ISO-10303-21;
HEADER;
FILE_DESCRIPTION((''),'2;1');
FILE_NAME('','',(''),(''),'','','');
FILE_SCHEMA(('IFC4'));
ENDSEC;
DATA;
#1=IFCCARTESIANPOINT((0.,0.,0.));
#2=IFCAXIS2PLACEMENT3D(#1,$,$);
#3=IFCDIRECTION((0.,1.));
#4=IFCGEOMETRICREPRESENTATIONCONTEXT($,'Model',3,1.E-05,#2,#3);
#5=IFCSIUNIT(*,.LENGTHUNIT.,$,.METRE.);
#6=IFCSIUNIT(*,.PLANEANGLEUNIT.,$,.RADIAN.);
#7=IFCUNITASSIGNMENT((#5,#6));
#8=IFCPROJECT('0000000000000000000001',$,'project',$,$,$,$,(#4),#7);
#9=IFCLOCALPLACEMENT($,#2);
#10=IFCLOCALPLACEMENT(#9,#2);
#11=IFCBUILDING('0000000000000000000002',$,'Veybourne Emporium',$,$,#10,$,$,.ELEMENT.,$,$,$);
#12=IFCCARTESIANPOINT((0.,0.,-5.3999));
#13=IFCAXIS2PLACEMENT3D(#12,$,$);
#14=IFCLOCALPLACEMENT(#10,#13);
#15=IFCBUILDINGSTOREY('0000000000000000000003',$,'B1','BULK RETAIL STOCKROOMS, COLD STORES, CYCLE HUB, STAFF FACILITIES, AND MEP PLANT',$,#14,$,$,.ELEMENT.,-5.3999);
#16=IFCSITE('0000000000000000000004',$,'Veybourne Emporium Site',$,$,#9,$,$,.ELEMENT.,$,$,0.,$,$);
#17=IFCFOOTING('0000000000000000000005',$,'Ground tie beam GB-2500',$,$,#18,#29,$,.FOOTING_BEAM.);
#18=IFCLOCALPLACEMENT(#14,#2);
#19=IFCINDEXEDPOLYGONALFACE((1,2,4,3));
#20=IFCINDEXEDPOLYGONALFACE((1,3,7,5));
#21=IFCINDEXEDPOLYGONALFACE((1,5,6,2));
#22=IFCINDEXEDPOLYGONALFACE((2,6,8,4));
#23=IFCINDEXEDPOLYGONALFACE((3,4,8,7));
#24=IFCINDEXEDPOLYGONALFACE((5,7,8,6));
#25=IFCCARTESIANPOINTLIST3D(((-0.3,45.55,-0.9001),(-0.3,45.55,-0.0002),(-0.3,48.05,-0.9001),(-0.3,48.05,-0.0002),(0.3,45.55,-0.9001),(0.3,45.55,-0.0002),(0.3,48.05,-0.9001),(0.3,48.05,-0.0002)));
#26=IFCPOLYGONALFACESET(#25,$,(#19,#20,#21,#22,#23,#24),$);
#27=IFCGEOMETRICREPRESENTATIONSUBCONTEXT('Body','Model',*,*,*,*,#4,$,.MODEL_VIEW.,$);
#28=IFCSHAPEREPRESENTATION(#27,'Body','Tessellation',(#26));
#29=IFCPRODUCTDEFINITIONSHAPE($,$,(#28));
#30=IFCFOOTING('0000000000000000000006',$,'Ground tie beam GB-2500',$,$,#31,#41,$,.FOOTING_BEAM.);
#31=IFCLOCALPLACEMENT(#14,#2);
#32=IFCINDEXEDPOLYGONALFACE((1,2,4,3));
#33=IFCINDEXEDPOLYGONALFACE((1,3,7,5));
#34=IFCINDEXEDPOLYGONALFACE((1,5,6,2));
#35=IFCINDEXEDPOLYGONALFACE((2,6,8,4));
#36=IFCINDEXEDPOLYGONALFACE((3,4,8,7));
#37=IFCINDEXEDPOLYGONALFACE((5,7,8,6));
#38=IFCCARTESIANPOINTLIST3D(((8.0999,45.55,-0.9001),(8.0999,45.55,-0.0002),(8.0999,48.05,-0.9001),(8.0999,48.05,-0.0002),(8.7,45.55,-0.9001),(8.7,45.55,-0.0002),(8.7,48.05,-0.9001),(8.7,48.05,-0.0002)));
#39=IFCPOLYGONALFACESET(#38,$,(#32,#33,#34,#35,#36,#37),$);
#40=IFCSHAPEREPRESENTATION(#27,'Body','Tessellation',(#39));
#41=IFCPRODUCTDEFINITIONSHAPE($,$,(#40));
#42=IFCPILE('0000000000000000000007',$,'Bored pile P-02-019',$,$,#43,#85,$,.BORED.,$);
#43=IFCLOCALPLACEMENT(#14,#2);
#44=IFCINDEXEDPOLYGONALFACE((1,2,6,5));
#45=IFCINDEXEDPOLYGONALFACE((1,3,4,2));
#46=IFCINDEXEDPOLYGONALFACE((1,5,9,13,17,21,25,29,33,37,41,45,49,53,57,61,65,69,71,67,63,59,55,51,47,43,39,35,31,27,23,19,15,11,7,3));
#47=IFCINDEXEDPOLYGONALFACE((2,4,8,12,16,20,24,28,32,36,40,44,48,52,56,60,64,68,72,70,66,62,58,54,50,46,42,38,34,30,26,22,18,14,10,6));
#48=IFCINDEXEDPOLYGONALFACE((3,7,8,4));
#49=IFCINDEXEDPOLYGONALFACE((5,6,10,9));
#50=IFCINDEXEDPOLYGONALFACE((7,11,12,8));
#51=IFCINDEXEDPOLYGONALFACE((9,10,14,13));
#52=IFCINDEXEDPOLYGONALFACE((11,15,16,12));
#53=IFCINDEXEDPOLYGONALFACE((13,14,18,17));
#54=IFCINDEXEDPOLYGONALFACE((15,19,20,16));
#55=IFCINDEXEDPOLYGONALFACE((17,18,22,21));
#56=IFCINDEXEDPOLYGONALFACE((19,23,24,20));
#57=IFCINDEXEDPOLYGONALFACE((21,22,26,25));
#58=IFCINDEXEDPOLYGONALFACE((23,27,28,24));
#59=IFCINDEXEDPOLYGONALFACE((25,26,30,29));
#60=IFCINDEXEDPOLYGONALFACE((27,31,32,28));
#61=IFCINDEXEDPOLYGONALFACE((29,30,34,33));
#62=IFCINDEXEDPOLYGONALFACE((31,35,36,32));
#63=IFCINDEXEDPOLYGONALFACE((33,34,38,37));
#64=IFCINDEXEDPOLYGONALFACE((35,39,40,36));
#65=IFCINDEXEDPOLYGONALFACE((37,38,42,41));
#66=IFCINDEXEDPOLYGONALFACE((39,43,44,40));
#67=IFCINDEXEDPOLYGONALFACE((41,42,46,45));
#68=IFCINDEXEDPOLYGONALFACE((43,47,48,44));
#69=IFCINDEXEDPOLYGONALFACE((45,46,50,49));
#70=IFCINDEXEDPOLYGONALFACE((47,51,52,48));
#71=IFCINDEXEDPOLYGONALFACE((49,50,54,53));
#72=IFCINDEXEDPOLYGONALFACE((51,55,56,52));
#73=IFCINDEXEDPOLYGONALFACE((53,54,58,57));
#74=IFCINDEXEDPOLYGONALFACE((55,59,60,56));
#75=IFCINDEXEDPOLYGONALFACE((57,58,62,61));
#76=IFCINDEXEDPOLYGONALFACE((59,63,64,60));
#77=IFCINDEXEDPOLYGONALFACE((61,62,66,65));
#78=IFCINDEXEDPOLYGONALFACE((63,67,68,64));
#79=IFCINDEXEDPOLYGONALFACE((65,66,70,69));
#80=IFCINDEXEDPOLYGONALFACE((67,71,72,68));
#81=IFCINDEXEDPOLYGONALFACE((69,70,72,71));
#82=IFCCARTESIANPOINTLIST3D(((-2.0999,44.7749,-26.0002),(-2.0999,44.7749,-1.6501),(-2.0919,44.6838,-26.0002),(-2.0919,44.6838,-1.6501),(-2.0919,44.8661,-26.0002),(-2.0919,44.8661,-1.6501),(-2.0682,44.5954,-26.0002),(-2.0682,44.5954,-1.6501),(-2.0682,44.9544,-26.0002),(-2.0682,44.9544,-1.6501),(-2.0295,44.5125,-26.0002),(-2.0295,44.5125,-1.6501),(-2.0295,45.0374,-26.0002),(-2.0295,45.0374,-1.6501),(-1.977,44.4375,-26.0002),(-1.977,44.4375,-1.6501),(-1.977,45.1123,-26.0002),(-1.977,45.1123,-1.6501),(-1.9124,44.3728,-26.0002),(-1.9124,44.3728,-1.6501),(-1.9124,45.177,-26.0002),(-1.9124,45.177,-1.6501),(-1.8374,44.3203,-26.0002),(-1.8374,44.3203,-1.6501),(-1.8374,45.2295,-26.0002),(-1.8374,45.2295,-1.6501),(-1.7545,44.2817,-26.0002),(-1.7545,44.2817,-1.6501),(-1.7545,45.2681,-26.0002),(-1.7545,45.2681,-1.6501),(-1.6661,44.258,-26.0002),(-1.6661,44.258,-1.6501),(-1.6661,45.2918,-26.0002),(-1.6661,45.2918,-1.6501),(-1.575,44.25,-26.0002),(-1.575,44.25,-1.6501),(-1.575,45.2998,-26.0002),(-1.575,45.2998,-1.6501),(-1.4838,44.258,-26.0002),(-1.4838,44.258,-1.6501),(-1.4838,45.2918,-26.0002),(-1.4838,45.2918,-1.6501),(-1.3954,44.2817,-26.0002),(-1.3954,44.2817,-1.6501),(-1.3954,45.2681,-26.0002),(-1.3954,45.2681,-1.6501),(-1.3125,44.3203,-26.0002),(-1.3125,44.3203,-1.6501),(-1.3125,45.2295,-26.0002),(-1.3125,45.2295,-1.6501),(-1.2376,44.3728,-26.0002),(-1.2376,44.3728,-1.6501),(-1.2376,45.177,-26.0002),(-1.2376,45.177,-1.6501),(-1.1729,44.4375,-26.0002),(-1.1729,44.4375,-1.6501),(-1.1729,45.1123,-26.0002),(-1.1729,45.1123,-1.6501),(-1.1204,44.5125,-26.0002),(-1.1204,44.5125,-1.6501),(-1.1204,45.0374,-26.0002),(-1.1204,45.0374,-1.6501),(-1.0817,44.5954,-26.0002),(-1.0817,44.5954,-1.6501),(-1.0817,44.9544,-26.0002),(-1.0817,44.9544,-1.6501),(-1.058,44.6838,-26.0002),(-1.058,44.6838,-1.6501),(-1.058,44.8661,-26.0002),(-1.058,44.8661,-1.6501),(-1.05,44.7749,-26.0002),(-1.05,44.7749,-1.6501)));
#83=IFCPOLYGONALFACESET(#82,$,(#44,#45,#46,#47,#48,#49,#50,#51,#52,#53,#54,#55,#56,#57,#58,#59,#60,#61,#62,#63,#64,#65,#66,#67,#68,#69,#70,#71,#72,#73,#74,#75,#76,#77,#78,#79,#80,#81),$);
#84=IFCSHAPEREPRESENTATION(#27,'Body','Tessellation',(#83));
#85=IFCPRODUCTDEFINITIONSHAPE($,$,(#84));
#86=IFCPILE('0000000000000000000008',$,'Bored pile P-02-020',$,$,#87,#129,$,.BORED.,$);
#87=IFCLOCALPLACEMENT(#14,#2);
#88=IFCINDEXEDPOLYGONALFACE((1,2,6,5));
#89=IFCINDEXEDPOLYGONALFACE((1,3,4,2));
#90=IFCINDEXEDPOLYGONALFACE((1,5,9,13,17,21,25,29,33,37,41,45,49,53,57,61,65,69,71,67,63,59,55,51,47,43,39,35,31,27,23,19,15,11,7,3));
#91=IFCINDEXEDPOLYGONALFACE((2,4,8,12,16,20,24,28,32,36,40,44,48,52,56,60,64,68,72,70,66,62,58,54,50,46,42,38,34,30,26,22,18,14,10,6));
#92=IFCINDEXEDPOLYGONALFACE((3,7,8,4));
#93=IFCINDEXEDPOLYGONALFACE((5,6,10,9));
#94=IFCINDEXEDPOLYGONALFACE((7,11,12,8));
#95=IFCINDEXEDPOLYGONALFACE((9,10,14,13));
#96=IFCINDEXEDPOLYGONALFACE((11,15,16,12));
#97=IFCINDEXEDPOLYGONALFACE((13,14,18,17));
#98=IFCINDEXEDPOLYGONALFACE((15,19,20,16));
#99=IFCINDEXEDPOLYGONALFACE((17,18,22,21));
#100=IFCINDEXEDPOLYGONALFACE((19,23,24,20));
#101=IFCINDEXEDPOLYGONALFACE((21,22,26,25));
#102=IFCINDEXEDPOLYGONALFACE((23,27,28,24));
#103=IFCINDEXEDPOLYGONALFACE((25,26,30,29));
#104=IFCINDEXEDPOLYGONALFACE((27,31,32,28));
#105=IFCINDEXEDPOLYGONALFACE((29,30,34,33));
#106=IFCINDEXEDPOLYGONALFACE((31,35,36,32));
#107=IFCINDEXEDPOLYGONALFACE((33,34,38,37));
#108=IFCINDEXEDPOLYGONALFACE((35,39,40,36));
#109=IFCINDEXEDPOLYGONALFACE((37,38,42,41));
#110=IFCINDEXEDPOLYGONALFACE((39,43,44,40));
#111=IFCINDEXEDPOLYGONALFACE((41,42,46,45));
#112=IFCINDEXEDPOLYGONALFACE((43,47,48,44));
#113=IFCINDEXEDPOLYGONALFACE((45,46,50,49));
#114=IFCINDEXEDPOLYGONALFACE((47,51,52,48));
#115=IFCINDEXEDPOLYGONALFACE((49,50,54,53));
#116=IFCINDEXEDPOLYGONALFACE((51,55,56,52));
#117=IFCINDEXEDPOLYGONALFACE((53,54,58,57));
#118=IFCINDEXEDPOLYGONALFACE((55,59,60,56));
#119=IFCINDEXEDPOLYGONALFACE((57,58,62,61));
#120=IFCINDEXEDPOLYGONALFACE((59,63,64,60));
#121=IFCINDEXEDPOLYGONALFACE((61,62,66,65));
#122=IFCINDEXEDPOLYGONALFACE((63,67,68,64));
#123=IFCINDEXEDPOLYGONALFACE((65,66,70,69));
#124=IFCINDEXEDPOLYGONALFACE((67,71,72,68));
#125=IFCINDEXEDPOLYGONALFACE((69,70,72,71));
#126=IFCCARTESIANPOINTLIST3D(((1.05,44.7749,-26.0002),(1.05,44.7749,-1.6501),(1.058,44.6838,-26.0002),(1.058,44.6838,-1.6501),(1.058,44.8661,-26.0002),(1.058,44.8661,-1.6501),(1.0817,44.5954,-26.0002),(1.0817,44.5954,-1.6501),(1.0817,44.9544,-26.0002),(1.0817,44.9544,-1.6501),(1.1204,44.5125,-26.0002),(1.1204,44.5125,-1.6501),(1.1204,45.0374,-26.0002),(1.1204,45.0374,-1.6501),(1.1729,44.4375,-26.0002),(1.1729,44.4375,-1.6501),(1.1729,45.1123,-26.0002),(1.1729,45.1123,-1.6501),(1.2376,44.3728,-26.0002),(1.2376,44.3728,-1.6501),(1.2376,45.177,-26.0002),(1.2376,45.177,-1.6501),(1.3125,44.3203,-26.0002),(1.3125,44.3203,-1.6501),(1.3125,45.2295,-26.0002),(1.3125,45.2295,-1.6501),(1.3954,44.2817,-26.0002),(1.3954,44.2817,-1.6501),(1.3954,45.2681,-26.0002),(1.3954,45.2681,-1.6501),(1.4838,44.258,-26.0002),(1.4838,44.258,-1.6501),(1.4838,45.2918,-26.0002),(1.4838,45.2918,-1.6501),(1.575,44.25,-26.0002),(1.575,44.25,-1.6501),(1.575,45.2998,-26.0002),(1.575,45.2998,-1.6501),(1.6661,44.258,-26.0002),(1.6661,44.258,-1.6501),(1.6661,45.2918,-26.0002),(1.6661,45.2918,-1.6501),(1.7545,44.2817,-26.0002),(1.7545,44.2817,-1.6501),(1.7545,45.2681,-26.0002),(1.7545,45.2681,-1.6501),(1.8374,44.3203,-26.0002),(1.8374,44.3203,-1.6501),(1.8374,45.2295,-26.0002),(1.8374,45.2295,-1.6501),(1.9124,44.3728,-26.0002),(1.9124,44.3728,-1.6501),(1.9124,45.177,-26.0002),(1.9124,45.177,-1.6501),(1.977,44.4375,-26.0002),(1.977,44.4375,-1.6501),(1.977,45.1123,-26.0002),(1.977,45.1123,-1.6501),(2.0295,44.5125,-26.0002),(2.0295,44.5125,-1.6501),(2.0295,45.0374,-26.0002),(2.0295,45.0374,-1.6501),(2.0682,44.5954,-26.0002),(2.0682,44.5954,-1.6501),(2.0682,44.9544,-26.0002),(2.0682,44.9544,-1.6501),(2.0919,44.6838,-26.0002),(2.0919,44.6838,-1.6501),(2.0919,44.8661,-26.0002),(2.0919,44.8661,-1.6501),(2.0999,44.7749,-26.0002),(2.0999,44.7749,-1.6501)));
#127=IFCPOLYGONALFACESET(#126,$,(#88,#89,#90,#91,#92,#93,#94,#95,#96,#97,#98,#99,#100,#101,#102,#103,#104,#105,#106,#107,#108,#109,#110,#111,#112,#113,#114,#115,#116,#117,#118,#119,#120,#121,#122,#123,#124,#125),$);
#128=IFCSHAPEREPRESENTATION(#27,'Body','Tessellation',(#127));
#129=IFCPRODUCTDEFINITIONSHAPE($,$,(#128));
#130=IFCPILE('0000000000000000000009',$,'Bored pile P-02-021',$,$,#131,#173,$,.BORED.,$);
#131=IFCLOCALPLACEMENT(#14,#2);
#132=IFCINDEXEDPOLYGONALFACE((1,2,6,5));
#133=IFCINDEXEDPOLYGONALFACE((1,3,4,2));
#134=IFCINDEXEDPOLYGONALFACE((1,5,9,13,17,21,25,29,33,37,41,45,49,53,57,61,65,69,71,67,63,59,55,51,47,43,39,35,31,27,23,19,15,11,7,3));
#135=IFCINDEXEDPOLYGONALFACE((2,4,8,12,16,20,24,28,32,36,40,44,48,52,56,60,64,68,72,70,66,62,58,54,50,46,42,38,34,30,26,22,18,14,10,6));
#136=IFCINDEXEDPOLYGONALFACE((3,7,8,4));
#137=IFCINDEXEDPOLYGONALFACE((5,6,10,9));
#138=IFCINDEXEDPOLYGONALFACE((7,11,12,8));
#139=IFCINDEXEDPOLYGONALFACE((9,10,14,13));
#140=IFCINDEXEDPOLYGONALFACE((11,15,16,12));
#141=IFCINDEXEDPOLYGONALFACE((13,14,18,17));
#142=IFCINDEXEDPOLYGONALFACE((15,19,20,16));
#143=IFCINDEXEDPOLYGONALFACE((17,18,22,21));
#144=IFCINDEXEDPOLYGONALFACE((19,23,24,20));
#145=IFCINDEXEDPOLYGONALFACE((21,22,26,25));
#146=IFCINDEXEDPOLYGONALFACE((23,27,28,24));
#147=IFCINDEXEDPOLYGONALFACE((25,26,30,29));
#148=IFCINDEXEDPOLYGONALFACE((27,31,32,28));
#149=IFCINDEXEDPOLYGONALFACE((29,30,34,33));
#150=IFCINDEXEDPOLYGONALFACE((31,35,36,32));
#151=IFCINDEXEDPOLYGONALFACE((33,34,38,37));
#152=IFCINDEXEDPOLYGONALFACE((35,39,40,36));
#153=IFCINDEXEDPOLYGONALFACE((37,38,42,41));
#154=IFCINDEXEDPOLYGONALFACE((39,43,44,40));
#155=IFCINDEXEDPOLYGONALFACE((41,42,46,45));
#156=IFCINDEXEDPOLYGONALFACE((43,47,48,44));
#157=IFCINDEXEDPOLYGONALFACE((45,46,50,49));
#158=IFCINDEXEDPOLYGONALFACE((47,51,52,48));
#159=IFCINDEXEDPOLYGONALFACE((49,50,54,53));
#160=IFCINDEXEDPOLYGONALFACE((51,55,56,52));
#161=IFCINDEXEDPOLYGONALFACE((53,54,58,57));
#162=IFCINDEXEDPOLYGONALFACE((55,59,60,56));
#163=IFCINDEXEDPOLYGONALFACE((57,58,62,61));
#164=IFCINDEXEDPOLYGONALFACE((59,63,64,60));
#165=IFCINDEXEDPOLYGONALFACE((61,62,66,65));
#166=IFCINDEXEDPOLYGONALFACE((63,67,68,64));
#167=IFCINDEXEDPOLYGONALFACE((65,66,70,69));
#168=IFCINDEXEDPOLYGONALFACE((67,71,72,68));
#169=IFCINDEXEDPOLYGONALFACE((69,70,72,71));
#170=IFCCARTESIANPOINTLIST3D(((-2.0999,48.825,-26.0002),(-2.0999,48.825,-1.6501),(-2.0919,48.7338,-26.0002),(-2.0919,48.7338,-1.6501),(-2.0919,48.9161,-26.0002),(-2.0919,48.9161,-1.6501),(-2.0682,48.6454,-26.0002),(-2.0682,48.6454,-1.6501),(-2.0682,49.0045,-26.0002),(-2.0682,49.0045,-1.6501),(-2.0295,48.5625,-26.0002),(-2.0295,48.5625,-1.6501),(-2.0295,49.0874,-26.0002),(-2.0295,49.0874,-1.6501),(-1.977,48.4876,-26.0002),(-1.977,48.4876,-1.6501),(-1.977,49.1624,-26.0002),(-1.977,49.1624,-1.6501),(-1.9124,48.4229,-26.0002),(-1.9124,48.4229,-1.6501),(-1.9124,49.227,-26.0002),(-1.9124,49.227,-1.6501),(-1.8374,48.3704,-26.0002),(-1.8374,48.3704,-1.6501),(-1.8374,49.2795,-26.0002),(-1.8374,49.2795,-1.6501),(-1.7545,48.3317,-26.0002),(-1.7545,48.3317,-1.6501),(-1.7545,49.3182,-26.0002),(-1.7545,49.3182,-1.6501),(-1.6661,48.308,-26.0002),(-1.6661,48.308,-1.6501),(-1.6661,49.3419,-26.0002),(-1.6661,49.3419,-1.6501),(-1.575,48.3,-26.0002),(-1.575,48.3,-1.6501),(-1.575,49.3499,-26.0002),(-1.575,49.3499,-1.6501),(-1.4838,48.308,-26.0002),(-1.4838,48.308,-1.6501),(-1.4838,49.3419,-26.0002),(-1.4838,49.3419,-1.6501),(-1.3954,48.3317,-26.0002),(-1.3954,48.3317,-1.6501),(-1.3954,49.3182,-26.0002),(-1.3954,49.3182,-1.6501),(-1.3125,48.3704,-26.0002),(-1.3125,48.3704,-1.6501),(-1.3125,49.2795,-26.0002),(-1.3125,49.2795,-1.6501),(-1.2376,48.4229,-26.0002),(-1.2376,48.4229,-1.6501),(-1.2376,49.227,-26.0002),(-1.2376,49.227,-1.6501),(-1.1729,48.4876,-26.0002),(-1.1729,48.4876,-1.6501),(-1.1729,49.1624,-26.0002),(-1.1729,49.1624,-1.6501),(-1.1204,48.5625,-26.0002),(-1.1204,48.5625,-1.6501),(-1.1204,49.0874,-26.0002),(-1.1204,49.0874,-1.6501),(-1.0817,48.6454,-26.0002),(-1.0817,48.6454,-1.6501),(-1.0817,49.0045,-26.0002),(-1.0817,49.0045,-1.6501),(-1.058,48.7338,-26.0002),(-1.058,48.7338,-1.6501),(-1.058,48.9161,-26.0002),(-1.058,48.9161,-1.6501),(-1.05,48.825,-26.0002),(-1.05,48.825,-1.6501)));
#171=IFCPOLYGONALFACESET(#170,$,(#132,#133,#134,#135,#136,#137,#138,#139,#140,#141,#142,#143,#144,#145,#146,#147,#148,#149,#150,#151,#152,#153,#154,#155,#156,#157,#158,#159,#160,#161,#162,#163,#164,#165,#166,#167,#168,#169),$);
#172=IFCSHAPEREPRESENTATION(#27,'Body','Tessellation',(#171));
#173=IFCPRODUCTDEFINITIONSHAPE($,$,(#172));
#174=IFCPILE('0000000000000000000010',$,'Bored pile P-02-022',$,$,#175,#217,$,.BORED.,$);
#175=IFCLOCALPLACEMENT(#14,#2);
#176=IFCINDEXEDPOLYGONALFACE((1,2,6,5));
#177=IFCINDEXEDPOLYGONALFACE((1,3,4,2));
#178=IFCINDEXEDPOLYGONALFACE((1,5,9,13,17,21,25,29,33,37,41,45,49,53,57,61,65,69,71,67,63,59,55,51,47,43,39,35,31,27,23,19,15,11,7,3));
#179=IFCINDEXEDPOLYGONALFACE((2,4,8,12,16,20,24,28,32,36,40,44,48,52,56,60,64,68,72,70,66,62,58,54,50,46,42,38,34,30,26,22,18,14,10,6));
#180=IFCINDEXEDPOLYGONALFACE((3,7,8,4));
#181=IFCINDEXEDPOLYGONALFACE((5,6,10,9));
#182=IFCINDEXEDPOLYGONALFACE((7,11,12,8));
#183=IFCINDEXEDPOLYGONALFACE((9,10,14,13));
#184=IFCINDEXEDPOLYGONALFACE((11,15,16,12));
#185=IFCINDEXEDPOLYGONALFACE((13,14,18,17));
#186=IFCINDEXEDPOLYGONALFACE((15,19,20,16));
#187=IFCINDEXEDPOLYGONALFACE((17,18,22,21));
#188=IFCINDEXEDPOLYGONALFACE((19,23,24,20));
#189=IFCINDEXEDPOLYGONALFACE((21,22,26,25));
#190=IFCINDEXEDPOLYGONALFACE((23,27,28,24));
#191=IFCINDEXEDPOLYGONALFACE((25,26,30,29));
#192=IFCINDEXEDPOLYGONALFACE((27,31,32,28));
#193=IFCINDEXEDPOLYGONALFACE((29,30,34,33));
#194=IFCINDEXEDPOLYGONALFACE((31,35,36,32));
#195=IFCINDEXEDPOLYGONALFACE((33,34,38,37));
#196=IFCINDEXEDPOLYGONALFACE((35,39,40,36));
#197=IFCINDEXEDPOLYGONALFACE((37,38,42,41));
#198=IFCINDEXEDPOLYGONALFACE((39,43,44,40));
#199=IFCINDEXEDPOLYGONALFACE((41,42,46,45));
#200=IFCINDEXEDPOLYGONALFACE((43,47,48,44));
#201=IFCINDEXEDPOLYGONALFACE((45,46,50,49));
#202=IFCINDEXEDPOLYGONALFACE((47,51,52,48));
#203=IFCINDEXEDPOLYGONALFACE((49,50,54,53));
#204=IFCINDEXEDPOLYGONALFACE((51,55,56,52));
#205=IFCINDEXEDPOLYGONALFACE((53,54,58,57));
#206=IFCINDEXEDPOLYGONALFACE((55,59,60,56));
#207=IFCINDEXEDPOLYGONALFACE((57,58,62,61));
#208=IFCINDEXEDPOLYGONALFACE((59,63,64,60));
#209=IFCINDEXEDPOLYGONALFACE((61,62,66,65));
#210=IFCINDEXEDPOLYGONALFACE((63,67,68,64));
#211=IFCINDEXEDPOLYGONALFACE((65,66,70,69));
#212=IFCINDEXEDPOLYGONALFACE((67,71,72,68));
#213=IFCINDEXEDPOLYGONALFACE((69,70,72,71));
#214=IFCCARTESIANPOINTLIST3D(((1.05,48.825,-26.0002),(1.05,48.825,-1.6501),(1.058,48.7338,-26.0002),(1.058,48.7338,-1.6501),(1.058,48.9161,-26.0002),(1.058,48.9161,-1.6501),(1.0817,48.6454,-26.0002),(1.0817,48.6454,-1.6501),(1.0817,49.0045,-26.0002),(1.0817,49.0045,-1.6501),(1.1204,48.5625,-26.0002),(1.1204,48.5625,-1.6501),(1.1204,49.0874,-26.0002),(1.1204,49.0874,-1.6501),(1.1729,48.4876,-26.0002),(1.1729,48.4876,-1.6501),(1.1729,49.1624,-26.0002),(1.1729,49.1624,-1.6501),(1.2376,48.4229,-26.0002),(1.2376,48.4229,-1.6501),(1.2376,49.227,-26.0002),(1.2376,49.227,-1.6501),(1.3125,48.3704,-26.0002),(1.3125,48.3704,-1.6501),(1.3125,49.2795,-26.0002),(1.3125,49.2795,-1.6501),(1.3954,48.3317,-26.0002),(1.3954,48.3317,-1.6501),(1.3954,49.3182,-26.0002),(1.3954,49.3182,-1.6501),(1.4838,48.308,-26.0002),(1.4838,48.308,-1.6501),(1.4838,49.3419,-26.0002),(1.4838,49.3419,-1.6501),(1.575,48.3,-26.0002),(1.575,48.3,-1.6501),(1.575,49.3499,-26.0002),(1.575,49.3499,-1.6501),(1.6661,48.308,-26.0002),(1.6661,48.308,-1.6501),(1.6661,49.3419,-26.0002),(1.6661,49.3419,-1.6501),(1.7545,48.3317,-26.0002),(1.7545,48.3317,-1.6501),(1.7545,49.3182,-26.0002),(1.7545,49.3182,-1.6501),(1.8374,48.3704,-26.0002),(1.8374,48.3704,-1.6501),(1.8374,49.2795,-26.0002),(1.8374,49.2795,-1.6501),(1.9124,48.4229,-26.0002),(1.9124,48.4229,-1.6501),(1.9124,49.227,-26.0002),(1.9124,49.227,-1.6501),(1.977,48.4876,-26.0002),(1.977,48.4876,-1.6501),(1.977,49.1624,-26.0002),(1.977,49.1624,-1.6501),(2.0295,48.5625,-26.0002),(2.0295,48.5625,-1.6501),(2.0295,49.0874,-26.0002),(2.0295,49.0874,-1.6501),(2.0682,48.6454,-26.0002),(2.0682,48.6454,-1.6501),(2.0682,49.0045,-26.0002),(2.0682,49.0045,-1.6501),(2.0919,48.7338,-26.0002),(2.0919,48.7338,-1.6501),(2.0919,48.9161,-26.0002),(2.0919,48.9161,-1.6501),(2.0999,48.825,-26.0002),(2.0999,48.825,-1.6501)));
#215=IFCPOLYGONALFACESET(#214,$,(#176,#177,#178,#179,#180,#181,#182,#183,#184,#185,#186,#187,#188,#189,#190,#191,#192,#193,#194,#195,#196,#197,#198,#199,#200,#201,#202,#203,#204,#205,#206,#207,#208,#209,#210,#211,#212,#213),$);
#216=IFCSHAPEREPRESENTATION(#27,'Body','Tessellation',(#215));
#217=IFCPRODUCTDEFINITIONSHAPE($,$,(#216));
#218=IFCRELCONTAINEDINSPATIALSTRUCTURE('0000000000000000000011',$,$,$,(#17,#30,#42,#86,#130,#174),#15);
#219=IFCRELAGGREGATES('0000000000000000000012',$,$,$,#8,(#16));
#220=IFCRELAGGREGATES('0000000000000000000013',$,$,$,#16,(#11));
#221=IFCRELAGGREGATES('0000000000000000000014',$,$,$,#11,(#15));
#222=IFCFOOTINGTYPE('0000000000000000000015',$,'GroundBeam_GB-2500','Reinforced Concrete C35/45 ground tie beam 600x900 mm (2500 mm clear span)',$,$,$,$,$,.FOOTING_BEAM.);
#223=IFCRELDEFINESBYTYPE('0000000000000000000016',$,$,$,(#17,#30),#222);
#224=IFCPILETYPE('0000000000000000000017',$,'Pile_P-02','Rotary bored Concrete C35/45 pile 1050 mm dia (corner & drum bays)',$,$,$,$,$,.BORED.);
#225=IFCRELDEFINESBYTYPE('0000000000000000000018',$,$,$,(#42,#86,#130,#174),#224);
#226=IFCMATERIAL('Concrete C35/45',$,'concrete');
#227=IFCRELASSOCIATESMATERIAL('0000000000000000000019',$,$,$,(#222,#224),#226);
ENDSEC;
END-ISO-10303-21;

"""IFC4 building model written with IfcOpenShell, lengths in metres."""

from ifc_helpers import new_model, si_unit, direction, frame, origin, origin_2d, place, context, subcontext, project, spatial, rectangle, circle, extrude, material, material_profile, profile_set, type_object, element, save


model = new_model("IFC4")

# Units and contexts
model_context = context("Model", 3, precision=1e-05, world=origin(), true_north=direction((0.0, 1.0)))
body_context = subcontext(model_context, "Body", "Model", "MODEL_VIEW")
ifc_project = project(units=[si_unit("LENGTHUNIT", "METRE"), si_unit("PLANEANGLEUNIT", "RADIAN")], contexts=[model_context])

# Site, building, storey
site_placement = place(None, origin())
site = spatial("IfcSite", under=ifc_project, at=site_placement, Name="Veybourne Emporium Site", CompositionType="ELEMENT", RefElevation=0.0)
building_placement = place(site_placement, origin())
building = spatial("IfcBuilding", under=site, at=building_placement, Name="Veybourne Emporium", CompositionType="ELEMENT")
storey_placement = place(building_placement, frame((0.0, 0.0, -5.3999)))
storey = spatial("IfcBuildingStorey", under=building, at=storey_placement, Name="B1", Description="BULK RETAIL STOCKROOMS, COLD STORES, CYCLE HUB, STAFF FACILITIES, AND MEP PLANT", CompositionType="ELEMENT", Elevation=-5.3999)

# Footings
ifc_material_1 = material(Name="Concrete C35/45", Category="concrete")
footing_type = type_object("IfcFootingType", Name="GroundBeam_GB-2500", Description="Reinforced Concrete C35/45 ground tie beam 600x900 mm (2500 mm clear span)", PredefinedType="FOOTING_BEAM", material=ifc_material_1)
for number, where, z_axis, x_axis, name in (
    (1, (0.0, 46.8, -0.9001), (0.0, 0.0, 1.0), (0.0, 1.0, 0.0), "Ground tie beam GB-2500"),
    (2, (8.3999, 46.8, -0.9001), (0.0, 0.0, 1.0), (0.0, 1.0, 0.0), "Ground tie beam GB-2500"),
):
    element("IfcFooting", number, at=place(storey_placement, frame(where, z_axis=z_axis, x_axis=x_axis)), inside=storey, type_object=footing_type, Name=name, PredefinedType="FOOTING_BEAM", context=body_context, shape_type="SweptSolid", body=[
        extrude(rectangle(XDim=2.5, YDim=0.6001, at=origin_2d()), origin(), (0.0, 0.0, 1.0), 0.8999),
    ])

# Piles
ifc_material_profile_1 = material_profile(ifc_material_1, circle(Radius=0.5249, at=origin_2d()), Name="BORED PILE 1050")
ifc_profile_set_1 = profile_set([ifc_material_profile_1], Name="Concrete C35/45")
pile_type = type_object("IfcPileType", Name="Pile_P-02", Description="Rotary bored Concrete C35/45 pile 1050 mm dia (corner & drum bays)", PredefinedType="BORED", material=ifc_profile_set_1)
for number, where, z_axis, x_axis, name in (
    (3, (-1.575, 44.7749, -1.6501), (0.0, 0.0, -1.0), (1.0, 0.0, 0.0), "Bored pile P-02-019"),
    (4, (1.575, 44.7749, -1.6501), (0.0, 0.0, -1.0), (1.0, 0.0, 0.0), "Bored pile P-02-020"),
    (5, (-1.575, 48.825, -1.6501), (0.0, 0.0, -1.0), (1.0, 0.0, 0.0), "Bored pile P-02-021"),
    (6, (1.575, 48.825, -1.6501), (0.0, 0.0, -1.0), (1.0, 0.0, 0.0), "Bored pile P-02-022"),
):
    element("IfcPile", number, at=place(storey_placement, frame(where, z_axis=z_axis, x_axis=x_axis)), inside=storey, type_object=pile_type, Name=name, PredefinedType="BORED", context=body_context, shape_type="SweptSolid", body=[
        extrude(circle(Radius=0.5249, at=origin_2d()), origin(), (0.0, 0.0, 1.0), 24.3501),
    ])

save(model, "model.ifc")
